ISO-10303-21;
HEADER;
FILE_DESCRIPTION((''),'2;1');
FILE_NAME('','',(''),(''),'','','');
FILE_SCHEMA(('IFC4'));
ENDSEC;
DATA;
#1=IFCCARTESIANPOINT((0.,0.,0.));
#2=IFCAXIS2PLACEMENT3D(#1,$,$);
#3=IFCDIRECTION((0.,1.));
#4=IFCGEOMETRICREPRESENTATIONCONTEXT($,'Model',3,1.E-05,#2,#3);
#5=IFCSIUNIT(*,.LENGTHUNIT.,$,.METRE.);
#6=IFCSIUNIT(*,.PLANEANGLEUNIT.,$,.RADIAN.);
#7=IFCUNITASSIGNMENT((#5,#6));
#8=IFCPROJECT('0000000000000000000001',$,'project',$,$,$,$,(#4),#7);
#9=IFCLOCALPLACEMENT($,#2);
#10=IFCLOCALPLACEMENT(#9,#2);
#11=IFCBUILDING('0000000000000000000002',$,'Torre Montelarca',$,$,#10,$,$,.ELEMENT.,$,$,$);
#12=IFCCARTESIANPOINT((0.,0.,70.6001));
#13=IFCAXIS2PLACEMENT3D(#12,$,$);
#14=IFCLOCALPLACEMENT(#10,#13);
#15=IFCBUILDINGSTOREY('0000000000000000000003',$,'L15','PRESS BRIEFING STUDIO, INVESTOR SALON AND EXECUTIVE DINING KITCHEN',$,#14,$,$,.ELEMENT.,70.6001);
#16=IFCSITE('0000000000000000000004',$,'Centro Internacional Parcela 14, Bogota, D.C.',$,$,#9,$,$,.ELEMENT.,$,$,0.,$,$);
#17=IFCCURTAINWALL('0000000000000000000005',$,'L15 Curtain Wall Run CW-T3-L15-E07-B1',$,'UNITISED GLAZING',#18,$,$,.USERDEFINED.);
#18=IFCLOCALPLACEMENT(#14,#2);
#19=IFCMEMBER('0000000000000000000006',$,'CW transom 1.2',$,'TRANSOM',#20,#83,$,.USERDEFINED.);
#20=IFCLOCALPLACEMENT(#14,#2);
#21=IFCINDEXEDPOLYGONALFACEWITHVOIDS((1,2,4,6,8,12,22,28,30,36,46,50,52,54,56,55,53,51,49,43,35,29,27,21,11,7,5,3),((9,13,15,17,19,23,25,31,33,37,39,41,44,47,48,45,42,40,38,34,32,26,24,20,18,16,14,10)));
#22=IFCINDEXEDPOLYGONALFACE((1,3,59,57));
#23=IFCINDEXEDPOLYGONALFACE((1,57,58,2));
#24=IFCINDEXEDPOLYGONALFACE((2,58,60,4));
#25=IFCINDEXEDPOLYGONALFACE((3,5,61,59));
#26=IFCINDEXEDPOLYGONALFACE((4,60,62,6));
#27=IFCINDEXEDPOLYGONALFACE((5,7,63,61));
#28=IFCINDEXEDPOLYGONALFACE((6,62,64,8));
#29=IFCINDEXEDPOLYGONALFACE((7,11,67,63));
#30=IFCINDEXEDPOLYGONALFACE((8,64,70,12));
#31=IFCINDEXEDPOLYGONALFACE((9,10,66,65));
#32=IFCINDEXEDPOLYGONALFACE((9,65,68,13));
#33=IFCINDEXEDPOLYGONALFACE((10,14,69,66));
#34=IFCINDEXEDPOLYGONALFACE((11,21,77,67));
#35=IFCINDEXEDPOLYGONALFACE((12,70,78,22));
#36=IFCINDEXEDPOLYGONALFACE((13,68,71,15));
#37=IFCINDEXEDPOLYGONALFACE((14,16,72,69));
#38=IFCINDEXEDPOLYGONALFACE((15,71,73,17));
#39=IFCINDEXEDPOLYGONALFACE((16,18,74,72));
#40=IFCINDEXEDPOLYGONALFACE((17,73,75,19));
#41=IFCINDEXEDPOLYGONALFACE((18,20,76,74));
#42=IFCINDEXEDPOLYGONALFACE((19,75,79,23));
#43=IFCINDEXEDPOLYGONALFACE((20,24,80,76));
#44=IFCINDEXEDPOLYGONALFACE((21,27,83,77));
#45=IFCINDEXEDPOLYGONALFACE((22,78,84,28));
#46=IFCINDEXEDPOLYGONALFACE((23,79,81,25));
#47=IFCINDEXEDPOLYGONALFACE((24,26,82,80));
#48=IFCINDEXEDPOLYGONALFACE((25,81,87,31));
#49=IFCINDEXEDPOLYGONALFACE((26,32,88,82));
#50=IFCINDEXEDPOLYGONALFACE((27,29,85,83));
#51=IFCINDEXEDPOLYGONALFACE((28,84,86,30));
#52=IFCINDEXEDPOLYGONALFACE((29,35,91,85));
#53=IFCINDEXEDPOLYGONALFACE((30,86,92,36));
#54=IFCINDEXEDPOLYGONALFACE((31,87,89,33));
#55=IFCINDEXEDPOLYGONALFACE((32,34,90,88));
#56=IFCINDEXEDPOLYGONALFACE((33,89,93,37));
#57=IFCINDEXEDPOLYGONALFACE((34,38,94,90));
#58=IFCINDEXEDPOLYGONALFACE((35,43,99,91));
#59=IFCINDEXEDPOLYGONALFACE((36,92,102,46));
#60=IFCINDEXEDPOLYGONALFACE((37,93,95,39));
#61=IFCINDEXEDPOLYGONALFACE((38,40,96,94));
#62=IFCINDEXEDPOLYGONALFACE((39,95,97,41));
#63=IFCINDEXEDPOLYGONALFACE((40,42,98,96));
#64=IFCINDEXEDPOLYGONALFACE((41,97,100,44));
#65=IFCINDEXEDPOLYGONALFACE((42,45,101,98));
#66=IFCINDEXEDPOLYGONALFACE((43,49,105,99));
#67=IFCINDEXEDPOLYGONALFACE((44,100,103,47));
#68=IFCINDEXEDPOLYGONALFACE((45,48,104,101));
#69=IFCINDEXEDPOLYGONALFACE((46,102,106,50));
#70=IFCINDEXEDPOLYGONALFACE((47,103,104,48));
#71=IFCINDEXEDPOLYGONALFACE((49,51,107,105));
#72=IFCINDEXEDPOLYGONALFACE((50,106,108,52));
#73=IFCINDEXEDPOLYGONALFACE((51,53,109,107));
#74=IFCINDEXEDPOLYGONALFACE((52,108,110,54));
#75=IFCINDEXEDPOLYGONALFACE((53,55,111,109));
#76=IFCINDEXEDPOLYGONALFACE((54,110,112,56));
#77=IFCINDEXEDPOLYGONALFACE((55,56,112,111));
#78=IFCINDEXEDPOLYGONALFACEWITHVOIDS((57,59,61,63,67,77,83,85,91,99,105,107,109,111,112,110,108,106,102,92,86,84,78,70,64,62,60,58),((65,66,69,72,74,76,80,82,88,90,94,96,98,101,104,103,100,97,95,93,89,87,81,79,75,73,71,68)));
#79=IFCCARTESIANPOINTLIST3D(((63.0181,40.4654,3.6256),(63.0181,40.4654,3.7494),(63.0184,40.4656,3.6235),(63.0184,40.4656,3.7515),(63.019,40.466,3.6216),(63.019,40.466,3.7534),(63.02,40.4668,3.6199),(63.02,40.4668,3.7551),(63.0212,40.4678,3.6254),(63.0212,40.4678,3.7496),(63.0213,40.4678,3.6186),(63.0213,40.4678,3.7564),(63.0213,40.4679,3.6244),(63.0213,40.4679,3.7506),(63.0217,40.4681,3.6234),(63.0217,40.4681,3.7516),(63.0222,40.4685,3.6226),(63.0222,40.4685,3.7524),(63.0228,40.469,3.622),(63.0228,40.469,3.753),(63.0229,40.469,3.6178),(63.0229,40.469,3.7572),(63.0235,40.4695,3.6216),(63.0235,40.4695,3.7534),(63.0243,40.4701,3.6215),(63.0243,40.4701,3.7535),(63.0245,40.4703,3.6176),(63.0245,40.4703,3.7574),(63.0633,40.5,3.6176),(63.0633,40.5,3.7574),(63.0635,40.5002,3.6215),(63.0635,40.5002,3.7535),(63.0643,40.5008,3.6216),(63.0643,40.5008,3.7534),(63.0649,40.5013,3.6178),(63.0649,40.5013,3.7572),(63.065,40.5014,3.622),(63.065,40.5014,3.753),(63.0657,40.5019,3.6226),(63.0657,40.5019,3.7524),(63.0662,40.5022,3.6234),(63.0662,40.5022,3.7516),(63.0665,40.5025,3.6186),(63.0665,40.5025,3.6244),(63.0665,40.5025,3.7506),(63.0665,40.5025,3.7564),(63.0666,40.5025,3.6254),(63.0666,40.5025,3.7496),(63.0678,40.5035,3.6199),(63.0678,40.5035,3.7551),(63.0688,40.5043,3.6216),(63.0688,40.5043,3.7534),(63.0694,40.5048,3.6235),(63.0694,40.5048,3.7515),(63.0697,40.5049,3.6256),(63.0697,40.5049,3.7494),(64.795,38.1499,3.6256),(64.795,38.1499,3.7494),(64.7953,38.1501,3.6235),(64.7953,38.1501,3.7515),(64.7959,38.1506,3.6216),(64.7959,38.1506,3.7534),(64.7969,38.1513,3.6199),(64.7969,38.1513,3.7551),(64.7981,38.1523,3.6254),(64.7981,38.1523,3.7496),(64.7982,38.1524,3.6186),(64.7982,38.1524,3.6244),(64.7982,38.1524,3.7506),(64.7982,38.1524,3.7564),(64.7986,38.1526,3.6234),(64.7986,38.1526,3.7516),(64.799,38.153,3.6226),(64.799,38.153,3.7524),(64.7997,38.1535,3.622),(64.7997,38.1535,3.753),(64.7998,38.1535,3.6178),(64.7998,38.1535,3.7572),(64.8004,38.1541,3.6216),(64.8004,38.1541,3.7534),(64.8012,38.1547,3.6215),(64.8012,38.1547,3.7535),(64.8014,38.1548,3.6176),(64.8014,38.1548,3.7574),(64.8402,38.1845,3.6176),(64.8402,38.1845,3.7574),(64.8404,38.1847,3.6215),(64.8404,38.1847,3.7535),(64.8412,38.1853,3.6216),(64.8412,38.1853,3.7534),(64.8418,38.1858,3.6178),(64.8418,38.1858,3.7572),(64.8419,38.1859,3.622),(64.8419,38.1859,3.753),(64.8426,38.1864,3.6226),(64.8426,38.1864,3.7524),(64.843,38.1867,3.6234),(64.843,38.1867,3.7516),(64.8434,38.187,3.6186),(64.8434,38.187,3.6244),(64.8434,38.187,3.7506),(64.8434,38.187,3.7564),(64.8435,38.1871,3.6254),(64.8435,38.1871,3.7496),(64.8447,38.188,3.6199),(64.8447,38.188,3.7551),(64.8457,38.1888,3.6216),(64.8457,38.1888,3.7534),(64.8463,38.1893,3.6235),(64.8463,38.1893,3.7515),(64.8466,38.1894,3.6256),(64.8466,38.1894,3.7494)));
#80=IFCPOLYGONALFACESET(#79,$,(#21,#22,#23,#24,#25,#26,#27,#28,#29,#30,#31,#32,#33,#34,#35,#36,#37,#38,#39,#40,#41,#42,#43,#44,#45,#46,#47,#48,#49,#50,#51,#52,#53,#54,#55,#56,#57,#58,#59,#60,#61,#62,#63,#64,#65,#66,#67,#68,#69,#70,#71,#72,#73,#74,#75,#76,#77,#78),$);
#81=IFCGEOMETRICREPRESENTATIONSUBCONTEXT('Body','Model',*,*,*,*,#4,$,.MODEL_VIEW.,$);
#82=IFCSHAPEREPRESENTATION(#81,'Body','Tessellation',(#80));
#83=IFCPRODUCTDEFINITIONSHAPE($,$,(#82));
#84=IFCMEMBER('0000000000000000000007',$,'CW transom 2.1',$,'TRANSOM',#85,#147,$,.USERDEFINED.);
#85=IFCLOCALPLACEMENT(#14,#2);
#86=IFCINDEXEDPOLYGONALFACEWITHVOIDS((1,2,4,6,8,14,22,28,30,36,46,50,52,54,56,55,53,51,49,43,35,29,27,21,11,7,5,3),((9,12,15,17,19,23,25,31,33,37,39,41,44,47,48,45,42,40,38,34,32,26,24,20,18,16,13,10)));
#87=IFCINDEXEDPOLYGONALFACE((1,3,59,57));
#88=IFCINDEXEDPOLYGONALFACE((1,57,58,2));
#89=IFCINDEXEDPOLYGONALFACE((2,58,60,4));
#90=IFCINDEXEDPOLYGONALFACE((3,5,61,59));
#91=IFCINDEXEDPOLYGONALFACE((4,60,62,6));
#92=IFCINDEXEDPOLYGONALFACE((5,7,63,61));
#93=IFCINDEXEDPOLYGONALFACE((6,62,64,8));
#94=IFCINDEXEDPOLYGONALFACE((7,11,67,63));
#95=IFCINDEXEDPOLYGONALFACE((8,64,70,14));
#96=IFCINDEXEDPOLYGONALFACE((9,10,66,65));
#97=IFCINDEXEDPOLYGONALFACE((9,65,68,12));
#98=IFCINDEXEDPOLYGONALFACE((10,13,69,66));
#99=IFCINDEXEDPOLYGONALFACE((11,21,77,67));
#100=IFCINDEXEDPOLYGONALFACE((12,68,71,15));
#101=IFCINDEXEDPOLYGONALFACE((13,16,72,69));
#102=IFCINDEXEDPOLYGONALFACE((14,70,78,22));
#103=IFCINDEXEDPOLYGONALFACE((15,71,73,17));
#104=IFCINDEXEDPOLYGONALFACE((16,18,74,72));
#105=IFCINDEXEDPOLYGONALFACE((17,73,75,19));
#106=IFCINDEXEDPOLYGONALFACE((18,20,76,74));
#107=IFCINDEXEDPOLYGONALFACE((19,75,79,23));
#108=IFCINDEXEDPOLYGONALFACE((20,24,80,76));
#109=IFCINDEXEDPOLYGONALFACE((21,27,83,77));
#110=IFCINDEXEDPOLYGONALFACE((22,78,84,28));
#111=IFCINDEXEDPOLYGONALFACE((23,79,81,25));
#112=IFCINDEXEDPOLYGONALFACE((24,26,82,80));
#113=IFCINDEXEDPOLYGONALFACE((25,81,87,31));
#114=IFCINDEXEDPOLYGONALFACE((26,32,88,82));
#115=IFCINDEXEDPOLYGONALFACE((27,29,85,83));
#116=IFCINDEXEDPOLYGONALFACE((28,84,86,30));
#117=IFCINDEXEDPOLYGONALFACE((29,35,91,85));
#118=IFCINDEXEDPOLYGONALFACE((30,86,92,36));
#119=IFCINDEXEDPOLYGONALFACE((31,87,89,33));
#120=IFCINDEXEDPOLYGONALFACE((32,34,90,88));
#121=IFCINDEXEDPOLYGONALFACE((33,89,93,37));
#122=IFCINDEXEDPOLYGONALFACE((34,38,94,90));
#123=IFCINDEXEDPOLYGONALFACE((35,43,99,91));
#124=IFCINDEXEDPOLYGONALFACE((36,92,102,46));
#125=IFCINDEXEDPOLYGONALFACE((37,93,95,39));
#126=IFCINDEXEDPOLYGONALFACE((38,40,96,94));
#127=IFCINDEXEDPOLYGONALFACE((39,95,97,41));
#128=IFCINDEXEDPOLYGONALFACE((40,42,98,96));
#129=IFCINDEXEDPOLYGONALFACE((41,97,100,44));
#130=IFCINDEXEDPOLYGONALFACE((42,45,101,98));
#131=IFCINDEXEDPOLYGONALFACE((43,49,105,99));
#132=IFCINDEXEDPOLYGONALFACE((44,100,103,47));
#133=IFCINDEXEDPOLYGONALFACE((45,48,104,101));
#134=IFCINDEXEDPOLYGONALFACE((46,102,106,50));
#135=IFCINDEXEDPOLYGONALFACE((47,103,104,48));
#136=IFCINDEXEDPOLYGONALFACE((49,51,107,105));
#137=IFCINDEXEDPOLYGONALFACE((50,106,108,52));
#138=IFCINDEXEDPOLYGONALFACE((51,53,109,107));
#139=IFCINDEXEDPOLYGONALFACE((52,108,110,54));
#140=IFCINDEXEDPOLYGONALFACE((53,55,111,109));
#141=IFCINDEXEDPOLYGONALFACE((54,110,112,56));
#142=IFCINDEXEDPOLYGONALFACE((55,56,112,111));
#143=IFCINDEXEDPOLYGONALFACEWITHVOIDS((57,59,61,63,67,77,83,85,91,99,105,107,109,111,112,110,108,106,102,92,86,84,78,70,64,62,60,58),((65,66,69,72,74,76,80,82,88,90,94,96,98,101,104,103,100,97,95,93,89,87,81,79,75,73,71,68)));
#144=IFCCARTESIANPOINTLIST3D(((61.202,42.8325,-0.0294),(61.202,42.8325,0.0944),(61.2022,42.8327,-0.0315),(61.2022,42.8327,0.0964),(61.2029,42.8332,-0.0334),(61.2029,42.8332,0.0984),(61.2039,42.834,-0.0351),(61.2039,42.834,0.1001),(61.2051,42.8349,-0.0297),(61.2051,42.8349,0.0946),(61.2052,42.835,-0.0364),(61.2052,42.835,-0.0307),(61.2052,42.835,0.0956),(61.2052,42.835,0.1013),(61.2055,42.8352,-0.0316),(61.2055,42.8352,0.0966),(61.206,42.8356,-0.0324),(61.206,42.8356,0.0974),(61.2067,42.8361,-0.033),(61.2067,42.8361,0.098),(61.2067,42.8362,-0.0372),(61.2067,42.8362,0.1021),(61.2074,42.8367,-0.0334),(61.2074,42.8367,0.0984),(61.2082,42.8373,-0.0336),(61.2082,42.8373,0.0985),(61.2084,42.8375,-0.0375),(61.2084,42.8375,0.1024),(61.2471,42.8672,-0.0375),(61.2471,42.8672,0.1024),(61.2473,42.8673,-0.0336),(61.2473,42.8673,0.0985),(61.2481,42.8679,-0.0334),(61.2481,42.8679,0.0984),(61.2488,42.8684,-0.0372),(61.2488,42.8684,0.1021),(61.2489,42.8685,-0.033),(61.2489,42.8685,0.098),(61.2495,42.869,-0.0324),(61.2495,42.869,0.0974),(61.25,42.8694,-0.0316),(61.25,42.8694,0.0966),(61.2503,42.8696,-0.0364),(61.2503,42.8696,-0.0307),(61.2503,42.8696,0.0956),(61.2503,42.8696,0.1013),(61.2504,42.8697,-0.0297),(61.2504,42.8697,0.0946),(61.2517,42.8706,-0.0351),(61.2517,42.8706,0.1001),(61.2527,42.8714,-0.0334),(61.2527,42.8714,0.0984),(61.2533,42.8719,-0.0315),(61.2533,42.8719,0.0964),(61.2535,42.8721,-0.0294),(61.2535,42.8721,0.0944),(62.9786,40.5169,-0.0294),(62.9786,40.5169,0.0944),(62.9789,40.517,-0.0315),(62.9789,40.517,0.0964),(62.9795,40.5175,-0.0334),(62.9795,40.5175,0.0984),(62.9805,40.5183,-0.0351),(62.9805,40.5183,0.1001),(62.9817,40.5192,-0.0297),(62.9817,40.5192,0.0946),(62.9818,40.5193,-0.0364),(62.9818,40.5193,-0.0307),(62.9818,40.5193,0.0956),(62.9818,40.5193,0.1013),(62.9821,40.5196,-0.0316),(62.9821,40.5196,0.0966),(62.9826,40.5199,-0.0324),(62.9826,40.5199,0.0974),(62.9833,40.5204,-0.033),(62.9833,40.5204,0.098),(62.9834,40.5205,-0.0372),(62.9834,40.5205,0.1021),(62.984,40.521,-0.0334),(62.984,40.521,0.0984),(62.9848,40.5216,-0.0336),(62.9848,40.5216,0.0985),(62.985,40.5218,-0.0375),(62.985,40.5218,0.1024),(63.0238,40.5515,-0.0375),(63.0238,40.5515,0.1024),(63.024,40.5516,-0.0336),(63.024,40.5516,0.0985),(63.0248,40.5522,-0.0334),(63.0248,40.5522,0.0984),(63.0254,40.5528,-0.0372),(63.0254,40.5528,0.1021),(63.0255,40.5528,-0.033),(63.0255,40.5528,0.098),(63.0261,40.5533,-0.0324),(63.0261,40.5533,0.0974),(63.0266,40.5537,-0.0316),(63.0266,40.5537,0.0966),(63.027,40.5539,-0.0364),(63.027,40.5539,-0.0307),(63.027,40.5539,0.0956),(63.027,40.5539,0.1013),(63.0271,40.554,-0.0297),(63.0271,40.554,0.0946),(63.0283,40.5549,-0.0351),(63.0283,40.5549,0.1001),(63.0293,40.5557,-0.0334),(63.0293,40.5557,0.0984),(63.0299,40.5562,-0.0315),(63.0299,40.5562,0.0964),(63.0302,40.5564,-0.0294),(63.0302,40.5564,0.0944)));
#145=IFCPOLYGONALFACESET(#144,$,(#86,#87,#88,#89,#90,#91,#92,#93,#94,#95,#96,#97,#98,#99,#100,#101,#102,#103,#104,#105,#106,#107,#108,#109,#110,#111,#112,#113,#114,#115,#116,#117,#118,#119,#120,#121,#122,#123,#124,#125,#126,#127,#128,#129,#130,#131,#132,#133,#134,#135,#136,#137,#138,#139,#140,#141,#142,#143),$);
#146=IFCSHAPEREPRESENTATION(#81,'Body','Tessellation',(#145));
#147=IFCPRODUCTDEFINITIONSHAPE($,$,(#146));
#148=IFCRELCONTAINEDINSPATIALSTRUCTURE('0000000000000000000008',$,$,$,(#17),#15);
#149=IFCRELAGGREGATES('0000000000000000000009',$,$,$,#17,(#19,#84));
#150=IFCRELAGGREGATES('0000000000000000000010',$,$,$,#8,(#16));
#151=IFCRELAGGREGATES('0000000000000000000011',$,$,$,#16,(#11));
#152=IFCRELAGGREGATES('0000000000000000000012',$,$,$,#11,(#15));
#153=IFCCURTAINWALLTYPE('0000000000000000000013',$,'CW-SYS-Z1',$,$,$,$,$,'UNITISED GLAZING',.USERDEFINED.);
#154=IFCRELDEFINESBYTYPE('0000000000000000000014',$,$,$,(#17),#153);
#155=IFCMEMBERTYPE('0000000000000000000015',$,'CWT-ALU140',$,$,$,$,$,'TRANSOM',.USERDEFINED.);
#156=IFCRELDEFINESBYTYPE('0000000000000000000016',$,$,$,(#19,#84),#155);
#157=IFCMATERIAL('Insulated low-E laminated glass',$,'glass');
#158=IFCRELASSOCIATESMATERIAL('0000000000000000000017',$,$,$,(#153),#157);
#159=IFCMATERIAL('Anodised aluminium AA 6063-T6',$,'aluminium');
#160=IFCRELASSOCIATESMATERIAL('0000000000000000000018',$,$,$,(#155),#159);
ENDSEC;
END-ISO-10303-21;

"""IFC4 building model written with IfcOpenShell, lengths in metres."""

from ifc_helpers import new_model, si_unit, direction, frame, origin, origin_2d, place, context, subcontext, project, spatial, hollow_rectangle, extrude, source, transform, mapped, material, material_profile, profile_set, type_object, element, aggregate, save


model = new_model("IFC4")

# Units and contexts
model_context = context("Model", 3, precision=1e-05, world=origin(), true_north=direction((0.0, 1.0)))
body_context = subcontext(model_context, "Body", "Model", "MODEL_VIEW")
ifc_project = project(units=[si_unit("LENGTHUNIT", "METRE"), si_unit("PLANEANGLEUNIT", "RADIAN")], contexts=[model_context])

# Site, building, storey
site_placement = place(None, origin())
site = spatial("IfcSite", under=ifc_project, at=site_placement, Name="Centro Internacional Parcela 14, Bogota, D.C.", CompositionType="ELEMENT", RefElevation=0.0)
building_placement = place(site_placement, origin())
building = spatial("IfcBuilding", under=site, at=building_placement, Name="Torre Montelarca", CompositionType="ELEMENT")
storey_placement = place(building_placement, frame((0.0, 0.0, 70.6001)))
storey = spatial("IfcBuildingStorey", under=building, at=storey_placement, Name="L15", Description="PRESS BRIEFING STUDIO, INVESTOR SALON AND EXECUTIVE DINING KITCHEN", CompositionType="ELEMENT", Elevation=70.6001)

# Curtain wall, members
ifc_material_1 = material(Name="Insulated low-E laminated glass", Category="glass")
curtain_wall_type = type_object("IfcCurtainWallType", Name="CW-SYS-Z1", ElementType="UNITISED GLAZING", PredefinedType="USERDEFINED", material=ifc_material_1)
curtain_wall_1_placement = place(storey_placement, origin())
curtain_wall_1 = element("IfcCurtainWall", 1, at=curtain_wall_1_placement, inside=storey, type_object=curtain_wall_type, Name="L15 Curtain Wall Run CW-T3-L15-E07-B1", ObjectType="UNITISED GLAZING", PredefinedType="USERDEFINED")
ifc_material_2 = material(Name="Anodised aluminium AA 6063-T6", Category="aluminium")
ifc_material_profile_1 = material_profile(ifc_material_2, hollow_rectangle(XDim=0.0649, YDim=0.1399, WallThickness=0.0039, InnerFilletRadius=0.0039, OuterFilletRadius=0.0081, at=origin_2d()), Name="ALU65X140X4", Category="aluminium")
ifc_profile_set_1 = profile_set([ifc_material_profile_1], Name="Anodised aluminium AA 6063-T6")
member_type_1 = type_object("IfcMemberType", Name="CWT-ALU140", ElementType="TRANSOM", PredefinedType="USERDEFINED", material=ifc_profile_set_1)
shared_shape_1 = source(origin(), body_context, "Body", "SweptSolid", [
    extrude(hollow_rectangle(XDim=0.0649, YDim=0.1399, WallThickness=0.0039, InnerFilletRadius=0.0039, OuterFilletRadius=0.0081, at=origin_2d()), origin(), (0.0, 0.0, 1.0), 2.9187),
])
member_1_placement = place(storey_placement, frame((64.8208, 38.1697, 3.6875), z_axis=(-0.608797, 0.793326, 0.0), x_axis=(-0.793326, -0.608797, 0.0)))
member_1 = element("IfcMember", 2, at=member_1_placement, type_object=member_type_1, Name="CW transom 1.2", ObjectType="TRANSOM", PredefinedType="USERDEFINED", context=body_context, shape_type="MappedRepresentation", body=[
    mapped(shared_shape_1, transform((0.0, 0.0, 0.0), scale=1.0)),
])
member_2_placement = place(storey_placement, frame((63.0044, 40.5366, 0.0325), z_axis=(-0.608704, 0.793398, 0.0), x_axis=(-0.793398, -0.608704, 0.0)))
member_2 = element("IfcMember", 3, at=member_2_placement, type_object=member_type_1, Name="CW transom 2.1", ObjectType="TRANSOM", PredefinedType="USERDEFINED", context=body_context, shape_type="MappedRepresentation", body=[
    mapped(shared_shape_1, transform((0.0, 0.0, 0.0), scale=1.0)),
])

aggregate(curtain_wall_1, [member_1, member_2])

save(model, "model.ifc")
